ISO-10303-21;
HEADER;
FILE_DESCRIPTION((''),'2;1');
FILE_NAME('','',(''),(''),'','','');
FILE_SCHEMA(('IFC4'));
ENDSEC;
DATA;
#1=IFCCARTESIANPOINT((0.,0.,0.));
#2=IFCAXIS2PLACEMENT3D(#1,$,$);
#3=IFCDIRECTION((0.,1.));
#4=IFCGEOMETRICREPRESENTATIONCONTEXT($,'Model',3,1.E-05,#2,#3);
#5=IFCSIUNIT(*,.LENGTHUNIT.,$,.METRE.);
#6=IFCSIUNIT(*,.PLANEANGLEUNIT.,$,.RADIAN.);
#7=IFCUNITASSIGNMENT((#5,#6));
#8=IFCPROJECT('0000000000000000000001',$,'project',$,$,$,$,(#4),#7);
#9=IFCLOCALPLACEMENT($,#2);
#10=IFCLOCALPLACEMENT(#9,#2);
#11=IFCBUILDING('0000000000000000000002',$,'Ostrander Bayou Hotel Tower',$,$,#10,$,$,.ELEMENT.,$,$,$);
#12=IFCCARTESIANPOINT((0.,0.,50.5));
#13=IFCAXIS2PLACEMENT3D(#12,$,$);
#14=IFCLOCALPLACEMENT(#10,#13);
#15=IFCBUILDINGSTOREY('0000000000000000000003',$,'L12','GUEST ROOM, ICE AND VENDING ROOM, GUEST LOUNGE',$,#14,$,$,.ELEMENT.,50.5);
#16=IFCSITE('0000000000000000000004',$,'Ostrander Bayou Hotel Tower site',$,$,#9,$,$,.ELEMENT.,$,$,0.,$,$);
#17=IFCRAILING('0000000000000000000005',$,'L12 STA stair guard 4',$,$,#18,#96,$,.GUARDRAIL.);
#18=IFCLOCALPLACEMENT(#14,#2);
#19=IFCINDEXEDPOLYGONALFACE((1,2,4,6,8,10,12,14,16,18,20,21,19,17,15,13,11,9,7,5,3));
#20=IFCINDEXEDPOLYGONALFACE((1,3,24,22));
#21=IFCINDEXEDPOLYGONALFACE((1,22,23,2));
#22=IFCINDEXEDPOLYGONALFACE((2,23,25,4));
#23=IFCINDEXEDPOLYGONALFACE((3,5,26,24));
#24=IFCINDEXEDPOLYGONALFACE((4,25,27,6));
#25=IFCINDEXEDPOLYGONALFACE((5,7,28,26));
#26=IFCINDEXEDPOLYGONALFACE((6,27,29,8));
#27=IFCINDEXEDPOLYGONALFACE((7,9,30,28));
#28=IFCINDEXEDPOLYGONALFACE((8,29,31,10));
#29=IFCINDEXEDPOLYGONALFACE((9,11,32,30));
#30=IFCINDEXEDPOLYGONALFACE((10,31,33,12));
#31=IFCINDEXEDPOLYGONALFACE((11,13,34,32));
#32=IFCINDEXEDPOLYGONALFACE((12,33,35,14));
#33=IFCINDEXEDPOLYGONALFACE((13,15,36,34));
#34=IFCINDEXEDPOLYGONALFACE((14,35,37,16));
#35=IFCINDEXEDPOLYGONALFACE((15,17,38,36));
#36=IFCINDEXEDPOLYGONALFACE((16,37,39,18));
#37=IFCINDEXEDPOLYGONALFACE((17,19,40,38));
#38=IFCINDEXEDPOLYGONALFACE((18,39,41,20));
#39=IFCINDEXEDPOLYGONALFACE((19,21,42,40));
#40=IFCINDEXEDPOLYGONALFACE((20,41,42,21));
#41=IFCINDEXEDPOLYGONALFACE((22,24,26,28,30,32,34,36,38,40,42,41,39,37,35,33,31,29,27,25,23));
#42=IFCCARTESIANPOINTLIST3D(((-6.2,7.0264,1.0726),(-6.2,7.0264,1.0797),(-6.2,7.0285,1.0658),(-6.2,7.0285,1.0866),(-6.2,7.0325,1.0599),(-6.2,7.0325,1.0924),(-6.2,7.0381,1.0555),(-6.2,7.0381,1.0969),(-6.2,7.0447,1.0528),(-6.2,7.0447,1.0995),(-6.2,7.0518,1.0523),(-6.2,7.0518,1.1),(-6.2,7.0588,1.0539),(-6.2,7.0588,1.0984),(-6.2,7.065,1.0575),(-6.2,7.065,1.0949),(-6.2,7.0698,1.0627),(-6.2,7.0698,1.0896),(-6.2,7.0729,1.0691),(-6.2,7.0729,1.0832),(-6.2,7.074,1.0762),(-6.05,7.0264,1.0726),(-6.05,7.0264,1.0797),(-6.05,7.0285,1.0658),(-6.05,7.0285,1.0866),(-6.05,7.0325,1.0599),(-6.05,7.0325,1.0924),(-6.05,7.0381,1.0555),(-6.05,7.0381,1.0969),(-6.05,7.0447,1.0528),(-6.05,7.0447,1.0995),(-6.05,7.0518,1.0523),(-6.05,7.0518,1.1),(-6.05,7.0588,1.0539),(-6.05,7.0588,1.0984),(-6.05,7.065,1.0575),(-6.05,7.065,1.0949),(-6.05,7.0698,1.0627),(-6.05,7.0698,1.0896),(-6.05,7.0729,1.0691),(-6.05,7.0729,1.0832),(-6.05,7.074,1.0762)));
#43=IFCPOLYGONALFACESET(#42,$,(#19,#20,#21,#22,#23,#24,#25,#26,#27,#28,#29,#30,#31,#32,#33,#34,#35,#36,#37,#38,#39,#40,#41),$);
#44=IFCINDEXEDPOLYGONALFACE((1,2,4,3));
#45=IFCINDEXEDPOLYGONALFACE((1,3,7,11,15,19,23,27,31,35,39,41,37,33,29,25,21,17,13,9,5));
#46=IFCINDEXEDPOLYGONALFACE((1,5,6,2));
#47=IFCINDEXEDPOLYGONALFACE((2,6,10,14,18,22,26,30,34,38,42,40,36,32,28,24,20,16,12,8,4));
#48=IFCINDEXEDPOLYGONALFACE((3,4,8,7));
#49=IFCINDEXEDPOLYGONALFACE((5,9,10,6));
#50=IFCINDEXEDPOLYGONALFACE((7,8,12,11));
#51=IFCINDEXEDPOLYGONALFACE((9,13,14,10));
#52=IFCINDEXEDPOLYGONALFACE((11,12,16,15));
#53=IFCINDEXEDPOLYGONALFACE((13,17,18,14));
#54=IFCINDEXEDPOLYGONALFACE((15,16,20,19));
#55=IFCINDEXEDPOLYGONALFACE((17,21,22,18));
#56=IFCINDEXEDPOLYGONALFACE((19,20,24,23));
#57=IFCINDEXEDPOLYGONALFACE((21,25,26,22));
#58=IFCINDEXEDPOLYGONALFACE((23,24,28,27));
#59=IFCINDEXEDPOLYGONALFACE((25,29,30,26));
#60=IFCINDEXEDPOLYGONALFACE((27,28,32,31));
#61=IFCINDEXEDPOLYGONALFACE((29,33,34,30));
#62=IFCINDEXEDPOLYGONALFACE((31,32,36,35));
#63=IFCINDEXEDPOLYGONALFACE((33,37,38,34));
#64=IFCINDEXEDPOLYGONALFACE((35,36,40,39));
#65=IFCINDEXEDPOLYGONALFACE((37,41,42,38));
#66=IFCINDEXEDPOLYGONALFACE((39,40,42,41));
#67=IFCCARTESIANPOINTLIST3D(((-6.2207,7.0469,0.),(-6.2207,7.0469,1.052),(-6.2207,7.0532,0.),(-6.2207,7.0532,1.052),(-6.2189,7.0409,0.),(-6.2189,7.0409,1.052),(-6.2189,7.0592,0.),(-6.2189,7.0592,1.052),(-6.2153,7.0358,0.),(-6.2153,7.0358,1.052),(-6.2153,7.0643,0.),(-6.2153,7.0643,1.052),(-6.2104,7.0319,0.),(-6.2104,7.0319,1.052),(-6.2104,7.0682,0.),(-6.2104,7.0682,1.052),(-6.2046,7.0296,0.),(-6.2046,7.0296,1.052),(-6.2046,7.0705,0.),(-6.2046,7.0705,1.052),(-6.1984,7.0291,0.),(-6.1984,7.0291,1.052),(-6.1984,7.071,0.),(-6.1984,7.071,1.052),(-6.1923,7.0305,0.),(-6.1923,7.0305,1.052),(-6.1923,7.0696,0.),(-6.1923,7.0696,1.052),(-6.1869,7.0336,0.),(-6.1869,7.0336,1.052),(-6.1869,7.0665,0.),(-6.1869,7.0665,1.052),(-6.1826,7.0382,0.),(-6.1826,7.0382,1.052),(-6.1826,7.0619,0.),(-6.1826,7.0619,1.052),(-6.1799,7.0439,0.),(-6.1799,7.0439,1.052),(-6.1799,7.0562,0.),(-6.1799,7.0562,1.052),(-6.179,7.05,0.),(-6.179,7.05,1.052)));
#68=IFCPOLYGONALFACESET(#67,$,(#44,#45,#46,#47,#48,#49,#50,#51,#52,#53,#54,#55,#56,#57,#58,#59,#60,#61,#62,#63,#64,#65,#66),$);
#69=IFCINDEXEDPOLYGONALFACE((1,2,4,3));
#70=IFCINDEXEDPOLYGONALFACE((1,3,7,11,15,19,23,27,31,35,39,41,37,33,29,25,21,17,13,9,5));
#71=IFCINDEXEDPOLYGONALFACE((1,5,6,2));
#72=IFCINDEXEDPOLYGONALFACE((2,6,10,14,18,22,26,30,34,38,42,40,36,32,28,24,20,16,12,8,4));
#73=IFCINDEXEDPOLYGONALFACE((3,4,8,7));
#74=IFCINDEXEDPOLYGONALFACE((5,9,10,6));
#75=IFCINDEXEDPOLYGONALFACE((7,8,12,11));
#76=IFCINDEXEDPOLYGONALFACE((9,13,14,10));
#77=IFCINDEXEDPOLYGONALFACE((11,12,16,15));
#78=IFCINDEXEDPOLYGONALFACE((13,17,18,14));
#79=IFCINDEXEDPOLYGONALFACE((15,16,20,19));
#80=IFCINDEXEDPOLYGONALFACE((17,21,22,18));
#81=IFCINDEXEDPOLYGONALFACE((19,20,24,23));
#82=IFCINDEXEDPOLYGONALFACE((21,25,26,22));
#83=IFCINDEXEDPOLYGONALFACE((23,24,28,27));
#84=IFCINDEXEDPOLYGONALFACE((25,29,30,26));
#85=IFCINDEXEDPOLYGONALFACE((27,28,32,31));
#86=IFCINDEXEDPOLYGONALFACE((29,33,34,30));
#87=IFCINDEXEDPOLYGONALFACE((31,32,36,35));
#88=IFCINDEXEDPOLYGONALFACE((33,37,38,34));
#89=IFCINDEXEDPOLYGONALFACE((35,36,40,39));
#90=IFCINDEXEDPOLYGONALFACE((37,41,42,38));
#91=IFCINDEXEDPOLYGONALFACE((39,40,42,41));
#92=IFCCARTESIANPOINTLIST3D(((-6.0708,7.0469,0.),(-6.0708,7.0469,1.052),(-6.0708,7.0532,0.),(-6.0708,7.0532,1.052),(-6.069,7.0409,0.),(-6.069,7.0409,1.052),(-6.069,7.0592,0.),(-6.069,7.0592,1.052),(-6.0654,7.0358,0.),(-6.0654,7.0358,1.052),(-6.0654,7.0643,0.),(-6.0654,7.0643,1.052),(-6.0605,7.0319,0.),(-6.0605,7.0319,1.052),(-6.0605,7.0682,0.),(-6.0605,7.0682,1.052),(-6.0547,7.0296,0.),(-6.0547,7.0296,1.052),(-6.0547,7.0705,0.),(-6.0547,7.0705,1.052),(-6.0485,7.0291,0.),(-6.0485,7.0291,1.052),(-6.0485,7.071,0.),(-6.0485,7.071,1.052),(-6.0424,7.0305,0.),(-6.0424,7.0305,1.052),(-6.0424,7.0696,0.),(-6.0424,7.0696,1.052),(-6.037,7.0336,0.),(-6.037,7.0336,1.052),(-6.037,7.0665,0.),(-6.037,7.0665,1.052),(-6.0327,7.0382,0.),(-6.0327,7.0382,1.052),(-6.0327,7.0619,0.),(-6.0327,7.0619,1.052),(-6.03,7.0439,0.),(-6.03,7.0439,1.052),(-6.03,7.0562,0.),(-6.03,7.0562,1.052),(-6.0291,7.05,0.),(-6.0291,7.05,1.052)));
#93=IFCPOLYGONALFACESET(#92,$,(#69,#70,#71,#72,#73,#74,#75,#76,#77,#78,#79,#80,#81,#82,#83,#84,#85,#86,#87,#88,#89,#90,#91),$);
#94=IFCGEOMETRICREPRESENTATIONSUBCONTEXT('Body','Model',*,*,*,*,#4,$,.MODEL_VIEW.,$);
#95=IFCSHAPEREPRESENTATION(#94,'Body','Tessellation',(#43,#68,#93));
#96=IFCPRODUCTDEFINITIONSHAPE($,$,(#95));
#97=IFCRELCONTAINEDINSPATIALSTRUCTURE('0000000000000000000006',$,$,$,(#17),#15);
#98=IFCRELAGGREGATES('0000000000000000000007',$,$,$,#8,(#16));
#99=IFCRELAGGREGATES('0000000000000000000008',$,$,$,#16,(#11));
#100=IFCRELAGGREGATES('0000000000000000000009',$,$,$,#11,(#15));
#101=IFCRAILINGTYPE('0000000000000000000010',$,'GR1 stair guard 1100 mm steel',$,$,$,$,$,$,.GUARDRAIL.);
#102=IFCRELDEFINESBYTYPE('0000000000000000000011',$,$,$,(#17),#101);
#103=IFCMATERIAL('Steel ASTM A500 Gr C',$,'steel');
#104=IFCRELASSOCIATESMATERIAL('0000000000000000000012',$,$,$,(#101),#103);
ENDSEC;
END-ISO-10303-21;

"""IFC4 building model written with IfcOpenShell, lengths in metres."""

from ifc_helpers import new_model, si_unit, direction, frame, origin, origin_2d, place, context, subcontext, project, spatial, circle, extrude, material, type_object, element, save


model = new_model("IFC4")

# Units and contexts
model_context = context("Model", 3, precision=1e-05, world=origin(), true_north=direction((0.0, 1.0)))
body_context = subcontext(model_context, "Body", "Model", "MODEL_VIEW")
ifc_project = project(units=[si_unit("LENGTHUNIT", "METRE"), si_unit("PLANEANGLEUNIT", "RADIAN")], contexts=[model_context])

# Site, building, storey
site_placement = place(None, origin())
site = spatial("IfcSite", under=ifc_project, at=site_placement, Name="Ostrander Bayou Hotel Tower site", CompositionType="ELEMENT", RefElevation=0.0)
building_placement = place(site_placement, origin())
building = spatial("IfcBuilding", under=site, at=building_placement, Name="Ostrander Bayou Hotel Tower", CompositionType="ELEMENT")
storey_placement = place(building_placement, frame((0.0, 0.0, 50.5)))
storey = spatial("IfcBuildingStorey", under=building, at=storey_placement, Name="L12", Description="GUEST ROOM, ICE AND VENDING ROOM, GUEST LOUNGE", CompositionType="ELEMENT", Elevation=50.5)

# Railing
ifc_material_1 = material(Name="Steel ASTM A500 Gr C", Category="steel")
railing_type = type_object("IfcRailingType", Name="GR1 stair guard 1100 mm steel", PredefinedType="GUARDRAIL", material=ifc_material_1)
railing_placement = place(storey_placement, frame((-6.2, 7.05, 0.0)))
element("IfcRailing", 1, at=railing_placement, inside=storey, type_object=railing_type, Name="L12 STA stair guard 4", PredefinedType="GUARDRAIL", context=body_context, shape_type="SweptSolid", body=[
    extrude(circle(Radius=0.0239, at=origin_2d()), frame((0.0, 0.0, 1.0762), z_axis=(1.0, 0.0, 0.0), x_axis=(0.0, 1.0, 0.0)), (0.0, 0.0, 1.0), 0.1499),
    extrude(circle(Radius=0.021, at=origin_2d()), origin(), (0.0, 0.0, 1.0), 1.052),
    extrude(circle(Radius=0.021, at=origin_2d()), frame((0.1499, 0.0, 0.0)), (0.0, 0.0, 1.0), 1.052),
])

save(model, "model.ifc")
